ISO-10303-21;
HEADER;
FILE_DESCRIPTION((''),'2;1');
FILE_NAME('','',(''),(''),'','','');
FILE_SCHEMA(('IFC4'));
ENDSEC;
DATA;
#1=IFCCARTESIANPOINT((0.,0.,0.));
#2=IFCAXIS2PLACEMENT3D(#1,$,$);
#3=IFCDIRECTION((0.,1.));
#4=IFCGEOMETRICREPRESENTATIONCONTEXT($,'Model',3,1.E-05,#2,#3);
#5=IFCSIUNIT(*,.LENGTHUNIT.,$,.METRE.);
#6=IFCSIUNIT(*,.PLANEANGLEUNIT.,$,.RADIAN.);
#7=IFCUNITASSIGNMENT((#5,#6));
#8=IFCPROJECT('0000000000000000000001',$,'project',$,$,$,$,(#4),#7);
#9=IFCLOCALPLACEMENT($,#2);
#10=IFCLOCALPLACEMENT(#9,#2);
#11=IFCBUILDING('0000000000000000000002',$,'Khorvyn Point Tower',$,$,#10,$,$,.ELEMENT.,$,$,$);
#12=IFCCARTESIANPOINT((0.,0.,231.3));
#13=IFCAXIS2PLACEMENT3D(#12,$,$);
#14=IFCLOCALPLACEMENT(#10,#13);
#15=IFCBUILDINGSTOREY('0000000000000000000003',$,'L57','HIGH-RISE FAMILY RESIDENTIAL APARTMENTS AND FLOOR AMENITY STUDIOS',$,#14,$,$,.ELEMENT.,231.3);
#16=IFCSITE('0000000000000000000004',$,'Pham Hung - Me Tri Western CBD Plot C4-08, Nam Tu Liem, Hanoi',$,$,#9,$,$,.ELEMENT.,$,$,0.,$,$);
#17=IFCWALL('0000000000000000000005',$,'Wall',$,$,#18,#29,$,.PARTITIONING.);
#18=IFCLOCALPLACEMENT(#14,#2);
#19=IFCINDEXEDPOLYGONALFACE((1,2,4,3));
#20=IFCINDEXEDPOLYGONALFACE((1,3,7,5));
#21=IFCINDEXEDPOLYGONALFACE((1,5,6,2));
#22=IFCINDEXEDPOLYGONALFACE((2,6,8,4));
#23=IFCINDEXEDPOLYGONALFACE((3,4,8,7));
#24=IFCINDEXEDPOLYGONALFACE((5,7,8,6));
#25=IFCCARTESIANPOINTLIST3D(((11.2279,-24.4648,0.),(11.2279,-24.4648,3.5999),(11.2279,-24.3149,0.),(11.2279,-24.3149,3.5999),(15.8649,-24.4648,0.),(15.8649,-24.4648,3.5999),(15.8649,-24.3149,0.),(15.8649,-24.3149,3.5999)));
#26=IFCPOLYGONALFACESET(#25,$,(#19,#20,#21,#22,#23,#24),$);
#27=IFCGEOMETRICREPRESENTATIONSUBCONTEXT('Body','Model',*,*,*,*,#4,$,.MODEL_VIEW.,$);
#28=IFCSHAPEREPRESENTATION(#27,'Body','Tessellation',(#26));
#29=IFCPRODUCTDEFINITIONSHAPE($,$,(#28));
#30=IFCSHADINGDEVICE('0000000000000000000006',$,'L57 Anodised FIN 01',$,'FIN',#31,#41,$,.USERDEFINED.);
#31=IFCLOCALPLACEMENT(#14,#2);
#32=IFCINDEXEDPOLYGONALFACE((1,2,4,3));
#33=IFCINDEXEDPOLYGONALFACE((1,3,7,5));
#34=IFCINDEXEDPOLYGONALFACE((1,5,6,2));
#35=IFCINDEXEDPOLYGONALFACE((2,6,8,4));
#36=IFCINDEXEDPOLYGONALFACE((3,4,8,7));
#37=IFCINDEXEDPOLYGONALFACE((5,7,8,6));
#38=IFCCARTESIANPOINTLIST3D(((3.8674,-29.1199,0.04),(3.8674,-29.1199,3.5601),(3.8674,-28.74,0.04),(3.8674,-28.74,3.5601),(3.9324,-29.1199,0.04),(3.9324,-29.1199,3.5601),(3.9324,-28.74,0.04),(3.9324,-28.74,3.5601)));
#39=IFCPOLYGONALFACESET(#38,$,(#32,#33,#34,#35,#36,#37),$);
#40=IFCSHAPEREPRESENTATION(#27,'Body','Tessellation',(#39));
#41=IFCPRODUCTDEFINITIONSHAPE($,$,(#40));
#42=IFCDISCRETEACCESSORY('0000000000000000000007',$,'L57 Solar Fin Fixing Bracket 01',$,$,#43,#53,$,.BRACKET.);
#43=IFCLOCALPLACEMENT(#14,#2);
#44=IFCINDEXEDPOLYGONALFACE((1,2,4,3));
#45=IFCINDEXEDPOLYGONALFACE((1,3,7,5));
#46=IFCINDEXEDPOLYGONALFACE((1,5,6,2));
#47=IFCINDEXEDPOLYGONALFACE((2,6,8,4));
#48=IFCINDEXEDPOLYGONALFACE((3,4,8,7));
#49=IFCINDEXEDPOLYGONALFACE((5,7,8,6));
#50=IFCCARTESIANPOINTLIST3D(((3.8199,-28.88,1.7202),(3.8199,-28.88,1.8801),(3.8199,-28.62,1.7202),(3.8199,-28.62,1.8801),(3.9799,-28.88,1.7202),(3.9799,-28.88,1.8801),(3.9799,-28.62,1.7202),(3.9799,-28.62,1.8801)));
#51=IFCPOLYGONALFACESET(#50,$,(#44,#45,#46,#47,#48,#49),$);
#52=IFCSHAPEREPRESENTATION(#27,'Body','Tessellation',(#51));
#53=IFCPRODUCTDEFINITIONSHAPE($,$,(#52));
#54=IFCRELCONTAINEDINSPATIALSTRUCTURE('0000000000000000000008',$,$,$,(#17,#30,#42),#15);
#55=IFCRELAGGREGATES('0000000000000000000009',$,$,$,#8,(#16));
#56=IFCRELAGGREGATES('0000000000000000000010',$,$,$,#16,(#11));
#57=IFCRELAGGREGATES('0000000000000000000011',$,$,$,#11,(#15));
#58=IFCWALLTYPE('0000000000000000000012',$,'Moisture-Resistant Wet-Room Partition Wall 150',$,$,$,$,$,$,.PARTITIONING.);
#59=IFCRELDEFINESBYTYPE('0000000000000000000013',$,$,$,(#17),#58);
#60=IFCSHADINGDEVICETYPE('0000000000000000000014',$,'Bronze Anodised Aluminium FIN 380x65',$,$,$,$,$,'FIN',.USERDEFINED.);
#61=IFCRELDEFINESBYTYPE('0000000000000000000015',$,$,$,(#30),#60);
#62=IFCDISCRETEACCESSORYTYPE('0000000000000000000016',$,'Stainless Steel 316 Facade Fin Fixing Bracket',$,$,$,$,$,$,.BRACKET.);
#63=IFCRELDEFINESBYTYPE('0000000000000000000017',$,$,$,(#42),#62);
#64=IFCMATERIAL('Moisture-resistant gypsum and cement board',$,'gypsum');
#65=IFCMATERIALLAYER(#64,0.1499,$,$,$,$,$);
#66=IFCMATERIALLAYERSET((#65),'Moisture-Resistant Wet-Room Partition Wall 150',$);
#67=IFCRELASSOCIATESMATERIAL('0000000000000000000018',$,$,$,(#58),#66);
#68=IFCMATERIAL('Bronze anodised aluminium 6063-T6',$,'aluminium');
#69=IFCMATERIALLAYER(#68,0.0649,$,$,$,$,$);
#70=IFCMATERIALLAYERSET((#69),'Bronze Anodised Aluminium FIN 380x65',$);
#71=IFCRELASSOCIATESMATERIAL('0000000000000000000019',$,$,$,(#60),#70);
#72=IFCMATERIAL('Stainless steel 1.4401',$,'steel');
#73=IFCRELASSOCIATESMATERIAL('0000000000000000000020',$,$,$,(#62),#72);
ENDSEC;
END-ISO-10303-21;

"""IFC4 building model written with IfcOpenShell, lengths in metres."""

from ifc_helpers import new_model, si_unit, direction, frame, frame_2d, origin, origin_2d, place, context, subcontext, project, spatial, rectangle, extrude, material, layer, layer_set, type_object, element, save


model = new_model("IFC4")

# Units and contexts
model_context = context("Model", 3, precision=1e-05, world=origin(), true_north=direction((0.0, 1.0)))
body_context = subcontext(model_context, "Body", "Model", "MODEL_VIEW")
ifc_project = project(units=[si_unit("LENGTHUNIT", "METRE"), si_unit("PLANEANGLEUNIT", "RADIAN")], contexts=[model_context])

# Site, building, storey
site_placement = place(None, origin())
site = spatial("IfcSite", under=ifc_project, at=site_placement, Name="Pham Hung - Me Tri Western CBD Plot C4-08, Nam Tu Liem, Hanoi", CompositionType="ELEMENT", RefElevation=0.0)
building_placement = place(site_placement, origin())
building = spatial("IfcBuilding", under=site, at=building_placement, Name="Khorvyn Point Tower", CompositionType="ELEMENT")
storey_placement = place(building_placement, frame((0.0, 0.0, 231.3)))
storey = spatial("IfcBuildingStorey", under=building, at=storey_placement, Name="L57", Description="HIGH-RISE FAMILY RESIDENTIAL APARTMENTS AND FLOOR AMENITY STUDIOS", CompositionType="ELEMENT", Elevation=231.3)

# Shared definitions
ifc_material_1 = material(Name="Moisture-resistant gypsum and cement board", Category="gypsum")
ifc_layer_1 = layer(ifc_material_1, 0.1499)
ifc_layer_set_1 = layer_set([ifc_layer_1], Name="Moisture-Resistant Wet-Room Partition Wall 150")
wall_type_1 = type_object("IfcWallType", Name="Moisture-Resistant Wet-Room Partition Wall 150", PredefinedType="PARTITIONING", material=ifc_layer_set_1)

# Wall
wall_1_placement = place(storey_placement, frame((11.228, -24.3899, 0.0), z_axis=(0.0, 0.0, 1.0), x_axis=(1.0, 0.0, 0.0)))
element("IfcWall", 1, at=wall_1_placement, inside=storey, type_object=wall_type_1, Name="Wall", PredefinedType="PARTITIONING", context=body_context, shape_type="SweptSolid", body=[
    extrude(rectangle(XDim=4.637, YDim=0.1499, at=frame_2d((2.3184, 0.0))), origin(), (0.0, 0.0, 1.0), 3.5999),
])

# Shading device
ifc_material_2 = material(Name="Bronze anodised aluminium 6063-T6", Category="aluminium")
ifc_layer_2 = layer(ifc_material_2, 0.0649)
ifc_layer_set_2 = layer_set([ifc_layer_2], Name="Bronze Anodised Aluminium FIN 380x65")
shading_device_type = type_object("IfcShadingDeviceType", Name="Bronze Anodised Aluminium FIN 380x65", ElementType="FIN", PredefinedType="USERDEFINED", material=ifc_layer_set_2)
shading_device_placement = place(storey_placement, frame((3.8999, -28.9299, 0.04), z_axis=(0.0, 0.0, 1.0), x_axis=(0.0, -1.0, 0.0)))
element("IfcShadingDevice", 2, at=shading_device_placement, inside=storey, type_object=shading_device_type, Name="L57 Anodised FIN 01", ObjectType="FIN", PredefinedType="USERDEFINED", context=body_context, shape_type="SweptSolid", body=[
    extrude(rectangle(XDim=0.3799, YDim=0.0649, at=origin_2d()), origin(), (0.0, 0.0, 1.0), 3.52),
])

# Discrete accessory
ifc_material_3 = material(Name="Stainless steel 1.4401", Category="steel")
discrete_accessory_type = type_object("IfcDiscreteAccessoryType", Name="Stainless Steel 316 Facade Fin Fixing Bracket", PredefinedType="BRACKET", material=ifc_material_3)
discrete_accessory_placement = place(storey_placement, frame((3.8999, -28.75, 1.7202), z_axis=(0.0, 0.0, 1.0), x_axis=(-1.0, 0.0, 0.0)))
element("IfcDiscreteAccessory", 3, at=discrete_accessory_placement, inside=storey, type_object=discrete_accessory_type, Name="L57 Solar Fin Fixing Bracket 01", PredefinedType="BRACKET", context=body_context, shape_type="SweptSolid", body=[
    extrude(rectangle(XDim=0.1599, YDim=0.26, at=origin_2d()), origin(), (0.0, 0.0, 1.0), 0.1599),
])

save(model, "model.ifc")
